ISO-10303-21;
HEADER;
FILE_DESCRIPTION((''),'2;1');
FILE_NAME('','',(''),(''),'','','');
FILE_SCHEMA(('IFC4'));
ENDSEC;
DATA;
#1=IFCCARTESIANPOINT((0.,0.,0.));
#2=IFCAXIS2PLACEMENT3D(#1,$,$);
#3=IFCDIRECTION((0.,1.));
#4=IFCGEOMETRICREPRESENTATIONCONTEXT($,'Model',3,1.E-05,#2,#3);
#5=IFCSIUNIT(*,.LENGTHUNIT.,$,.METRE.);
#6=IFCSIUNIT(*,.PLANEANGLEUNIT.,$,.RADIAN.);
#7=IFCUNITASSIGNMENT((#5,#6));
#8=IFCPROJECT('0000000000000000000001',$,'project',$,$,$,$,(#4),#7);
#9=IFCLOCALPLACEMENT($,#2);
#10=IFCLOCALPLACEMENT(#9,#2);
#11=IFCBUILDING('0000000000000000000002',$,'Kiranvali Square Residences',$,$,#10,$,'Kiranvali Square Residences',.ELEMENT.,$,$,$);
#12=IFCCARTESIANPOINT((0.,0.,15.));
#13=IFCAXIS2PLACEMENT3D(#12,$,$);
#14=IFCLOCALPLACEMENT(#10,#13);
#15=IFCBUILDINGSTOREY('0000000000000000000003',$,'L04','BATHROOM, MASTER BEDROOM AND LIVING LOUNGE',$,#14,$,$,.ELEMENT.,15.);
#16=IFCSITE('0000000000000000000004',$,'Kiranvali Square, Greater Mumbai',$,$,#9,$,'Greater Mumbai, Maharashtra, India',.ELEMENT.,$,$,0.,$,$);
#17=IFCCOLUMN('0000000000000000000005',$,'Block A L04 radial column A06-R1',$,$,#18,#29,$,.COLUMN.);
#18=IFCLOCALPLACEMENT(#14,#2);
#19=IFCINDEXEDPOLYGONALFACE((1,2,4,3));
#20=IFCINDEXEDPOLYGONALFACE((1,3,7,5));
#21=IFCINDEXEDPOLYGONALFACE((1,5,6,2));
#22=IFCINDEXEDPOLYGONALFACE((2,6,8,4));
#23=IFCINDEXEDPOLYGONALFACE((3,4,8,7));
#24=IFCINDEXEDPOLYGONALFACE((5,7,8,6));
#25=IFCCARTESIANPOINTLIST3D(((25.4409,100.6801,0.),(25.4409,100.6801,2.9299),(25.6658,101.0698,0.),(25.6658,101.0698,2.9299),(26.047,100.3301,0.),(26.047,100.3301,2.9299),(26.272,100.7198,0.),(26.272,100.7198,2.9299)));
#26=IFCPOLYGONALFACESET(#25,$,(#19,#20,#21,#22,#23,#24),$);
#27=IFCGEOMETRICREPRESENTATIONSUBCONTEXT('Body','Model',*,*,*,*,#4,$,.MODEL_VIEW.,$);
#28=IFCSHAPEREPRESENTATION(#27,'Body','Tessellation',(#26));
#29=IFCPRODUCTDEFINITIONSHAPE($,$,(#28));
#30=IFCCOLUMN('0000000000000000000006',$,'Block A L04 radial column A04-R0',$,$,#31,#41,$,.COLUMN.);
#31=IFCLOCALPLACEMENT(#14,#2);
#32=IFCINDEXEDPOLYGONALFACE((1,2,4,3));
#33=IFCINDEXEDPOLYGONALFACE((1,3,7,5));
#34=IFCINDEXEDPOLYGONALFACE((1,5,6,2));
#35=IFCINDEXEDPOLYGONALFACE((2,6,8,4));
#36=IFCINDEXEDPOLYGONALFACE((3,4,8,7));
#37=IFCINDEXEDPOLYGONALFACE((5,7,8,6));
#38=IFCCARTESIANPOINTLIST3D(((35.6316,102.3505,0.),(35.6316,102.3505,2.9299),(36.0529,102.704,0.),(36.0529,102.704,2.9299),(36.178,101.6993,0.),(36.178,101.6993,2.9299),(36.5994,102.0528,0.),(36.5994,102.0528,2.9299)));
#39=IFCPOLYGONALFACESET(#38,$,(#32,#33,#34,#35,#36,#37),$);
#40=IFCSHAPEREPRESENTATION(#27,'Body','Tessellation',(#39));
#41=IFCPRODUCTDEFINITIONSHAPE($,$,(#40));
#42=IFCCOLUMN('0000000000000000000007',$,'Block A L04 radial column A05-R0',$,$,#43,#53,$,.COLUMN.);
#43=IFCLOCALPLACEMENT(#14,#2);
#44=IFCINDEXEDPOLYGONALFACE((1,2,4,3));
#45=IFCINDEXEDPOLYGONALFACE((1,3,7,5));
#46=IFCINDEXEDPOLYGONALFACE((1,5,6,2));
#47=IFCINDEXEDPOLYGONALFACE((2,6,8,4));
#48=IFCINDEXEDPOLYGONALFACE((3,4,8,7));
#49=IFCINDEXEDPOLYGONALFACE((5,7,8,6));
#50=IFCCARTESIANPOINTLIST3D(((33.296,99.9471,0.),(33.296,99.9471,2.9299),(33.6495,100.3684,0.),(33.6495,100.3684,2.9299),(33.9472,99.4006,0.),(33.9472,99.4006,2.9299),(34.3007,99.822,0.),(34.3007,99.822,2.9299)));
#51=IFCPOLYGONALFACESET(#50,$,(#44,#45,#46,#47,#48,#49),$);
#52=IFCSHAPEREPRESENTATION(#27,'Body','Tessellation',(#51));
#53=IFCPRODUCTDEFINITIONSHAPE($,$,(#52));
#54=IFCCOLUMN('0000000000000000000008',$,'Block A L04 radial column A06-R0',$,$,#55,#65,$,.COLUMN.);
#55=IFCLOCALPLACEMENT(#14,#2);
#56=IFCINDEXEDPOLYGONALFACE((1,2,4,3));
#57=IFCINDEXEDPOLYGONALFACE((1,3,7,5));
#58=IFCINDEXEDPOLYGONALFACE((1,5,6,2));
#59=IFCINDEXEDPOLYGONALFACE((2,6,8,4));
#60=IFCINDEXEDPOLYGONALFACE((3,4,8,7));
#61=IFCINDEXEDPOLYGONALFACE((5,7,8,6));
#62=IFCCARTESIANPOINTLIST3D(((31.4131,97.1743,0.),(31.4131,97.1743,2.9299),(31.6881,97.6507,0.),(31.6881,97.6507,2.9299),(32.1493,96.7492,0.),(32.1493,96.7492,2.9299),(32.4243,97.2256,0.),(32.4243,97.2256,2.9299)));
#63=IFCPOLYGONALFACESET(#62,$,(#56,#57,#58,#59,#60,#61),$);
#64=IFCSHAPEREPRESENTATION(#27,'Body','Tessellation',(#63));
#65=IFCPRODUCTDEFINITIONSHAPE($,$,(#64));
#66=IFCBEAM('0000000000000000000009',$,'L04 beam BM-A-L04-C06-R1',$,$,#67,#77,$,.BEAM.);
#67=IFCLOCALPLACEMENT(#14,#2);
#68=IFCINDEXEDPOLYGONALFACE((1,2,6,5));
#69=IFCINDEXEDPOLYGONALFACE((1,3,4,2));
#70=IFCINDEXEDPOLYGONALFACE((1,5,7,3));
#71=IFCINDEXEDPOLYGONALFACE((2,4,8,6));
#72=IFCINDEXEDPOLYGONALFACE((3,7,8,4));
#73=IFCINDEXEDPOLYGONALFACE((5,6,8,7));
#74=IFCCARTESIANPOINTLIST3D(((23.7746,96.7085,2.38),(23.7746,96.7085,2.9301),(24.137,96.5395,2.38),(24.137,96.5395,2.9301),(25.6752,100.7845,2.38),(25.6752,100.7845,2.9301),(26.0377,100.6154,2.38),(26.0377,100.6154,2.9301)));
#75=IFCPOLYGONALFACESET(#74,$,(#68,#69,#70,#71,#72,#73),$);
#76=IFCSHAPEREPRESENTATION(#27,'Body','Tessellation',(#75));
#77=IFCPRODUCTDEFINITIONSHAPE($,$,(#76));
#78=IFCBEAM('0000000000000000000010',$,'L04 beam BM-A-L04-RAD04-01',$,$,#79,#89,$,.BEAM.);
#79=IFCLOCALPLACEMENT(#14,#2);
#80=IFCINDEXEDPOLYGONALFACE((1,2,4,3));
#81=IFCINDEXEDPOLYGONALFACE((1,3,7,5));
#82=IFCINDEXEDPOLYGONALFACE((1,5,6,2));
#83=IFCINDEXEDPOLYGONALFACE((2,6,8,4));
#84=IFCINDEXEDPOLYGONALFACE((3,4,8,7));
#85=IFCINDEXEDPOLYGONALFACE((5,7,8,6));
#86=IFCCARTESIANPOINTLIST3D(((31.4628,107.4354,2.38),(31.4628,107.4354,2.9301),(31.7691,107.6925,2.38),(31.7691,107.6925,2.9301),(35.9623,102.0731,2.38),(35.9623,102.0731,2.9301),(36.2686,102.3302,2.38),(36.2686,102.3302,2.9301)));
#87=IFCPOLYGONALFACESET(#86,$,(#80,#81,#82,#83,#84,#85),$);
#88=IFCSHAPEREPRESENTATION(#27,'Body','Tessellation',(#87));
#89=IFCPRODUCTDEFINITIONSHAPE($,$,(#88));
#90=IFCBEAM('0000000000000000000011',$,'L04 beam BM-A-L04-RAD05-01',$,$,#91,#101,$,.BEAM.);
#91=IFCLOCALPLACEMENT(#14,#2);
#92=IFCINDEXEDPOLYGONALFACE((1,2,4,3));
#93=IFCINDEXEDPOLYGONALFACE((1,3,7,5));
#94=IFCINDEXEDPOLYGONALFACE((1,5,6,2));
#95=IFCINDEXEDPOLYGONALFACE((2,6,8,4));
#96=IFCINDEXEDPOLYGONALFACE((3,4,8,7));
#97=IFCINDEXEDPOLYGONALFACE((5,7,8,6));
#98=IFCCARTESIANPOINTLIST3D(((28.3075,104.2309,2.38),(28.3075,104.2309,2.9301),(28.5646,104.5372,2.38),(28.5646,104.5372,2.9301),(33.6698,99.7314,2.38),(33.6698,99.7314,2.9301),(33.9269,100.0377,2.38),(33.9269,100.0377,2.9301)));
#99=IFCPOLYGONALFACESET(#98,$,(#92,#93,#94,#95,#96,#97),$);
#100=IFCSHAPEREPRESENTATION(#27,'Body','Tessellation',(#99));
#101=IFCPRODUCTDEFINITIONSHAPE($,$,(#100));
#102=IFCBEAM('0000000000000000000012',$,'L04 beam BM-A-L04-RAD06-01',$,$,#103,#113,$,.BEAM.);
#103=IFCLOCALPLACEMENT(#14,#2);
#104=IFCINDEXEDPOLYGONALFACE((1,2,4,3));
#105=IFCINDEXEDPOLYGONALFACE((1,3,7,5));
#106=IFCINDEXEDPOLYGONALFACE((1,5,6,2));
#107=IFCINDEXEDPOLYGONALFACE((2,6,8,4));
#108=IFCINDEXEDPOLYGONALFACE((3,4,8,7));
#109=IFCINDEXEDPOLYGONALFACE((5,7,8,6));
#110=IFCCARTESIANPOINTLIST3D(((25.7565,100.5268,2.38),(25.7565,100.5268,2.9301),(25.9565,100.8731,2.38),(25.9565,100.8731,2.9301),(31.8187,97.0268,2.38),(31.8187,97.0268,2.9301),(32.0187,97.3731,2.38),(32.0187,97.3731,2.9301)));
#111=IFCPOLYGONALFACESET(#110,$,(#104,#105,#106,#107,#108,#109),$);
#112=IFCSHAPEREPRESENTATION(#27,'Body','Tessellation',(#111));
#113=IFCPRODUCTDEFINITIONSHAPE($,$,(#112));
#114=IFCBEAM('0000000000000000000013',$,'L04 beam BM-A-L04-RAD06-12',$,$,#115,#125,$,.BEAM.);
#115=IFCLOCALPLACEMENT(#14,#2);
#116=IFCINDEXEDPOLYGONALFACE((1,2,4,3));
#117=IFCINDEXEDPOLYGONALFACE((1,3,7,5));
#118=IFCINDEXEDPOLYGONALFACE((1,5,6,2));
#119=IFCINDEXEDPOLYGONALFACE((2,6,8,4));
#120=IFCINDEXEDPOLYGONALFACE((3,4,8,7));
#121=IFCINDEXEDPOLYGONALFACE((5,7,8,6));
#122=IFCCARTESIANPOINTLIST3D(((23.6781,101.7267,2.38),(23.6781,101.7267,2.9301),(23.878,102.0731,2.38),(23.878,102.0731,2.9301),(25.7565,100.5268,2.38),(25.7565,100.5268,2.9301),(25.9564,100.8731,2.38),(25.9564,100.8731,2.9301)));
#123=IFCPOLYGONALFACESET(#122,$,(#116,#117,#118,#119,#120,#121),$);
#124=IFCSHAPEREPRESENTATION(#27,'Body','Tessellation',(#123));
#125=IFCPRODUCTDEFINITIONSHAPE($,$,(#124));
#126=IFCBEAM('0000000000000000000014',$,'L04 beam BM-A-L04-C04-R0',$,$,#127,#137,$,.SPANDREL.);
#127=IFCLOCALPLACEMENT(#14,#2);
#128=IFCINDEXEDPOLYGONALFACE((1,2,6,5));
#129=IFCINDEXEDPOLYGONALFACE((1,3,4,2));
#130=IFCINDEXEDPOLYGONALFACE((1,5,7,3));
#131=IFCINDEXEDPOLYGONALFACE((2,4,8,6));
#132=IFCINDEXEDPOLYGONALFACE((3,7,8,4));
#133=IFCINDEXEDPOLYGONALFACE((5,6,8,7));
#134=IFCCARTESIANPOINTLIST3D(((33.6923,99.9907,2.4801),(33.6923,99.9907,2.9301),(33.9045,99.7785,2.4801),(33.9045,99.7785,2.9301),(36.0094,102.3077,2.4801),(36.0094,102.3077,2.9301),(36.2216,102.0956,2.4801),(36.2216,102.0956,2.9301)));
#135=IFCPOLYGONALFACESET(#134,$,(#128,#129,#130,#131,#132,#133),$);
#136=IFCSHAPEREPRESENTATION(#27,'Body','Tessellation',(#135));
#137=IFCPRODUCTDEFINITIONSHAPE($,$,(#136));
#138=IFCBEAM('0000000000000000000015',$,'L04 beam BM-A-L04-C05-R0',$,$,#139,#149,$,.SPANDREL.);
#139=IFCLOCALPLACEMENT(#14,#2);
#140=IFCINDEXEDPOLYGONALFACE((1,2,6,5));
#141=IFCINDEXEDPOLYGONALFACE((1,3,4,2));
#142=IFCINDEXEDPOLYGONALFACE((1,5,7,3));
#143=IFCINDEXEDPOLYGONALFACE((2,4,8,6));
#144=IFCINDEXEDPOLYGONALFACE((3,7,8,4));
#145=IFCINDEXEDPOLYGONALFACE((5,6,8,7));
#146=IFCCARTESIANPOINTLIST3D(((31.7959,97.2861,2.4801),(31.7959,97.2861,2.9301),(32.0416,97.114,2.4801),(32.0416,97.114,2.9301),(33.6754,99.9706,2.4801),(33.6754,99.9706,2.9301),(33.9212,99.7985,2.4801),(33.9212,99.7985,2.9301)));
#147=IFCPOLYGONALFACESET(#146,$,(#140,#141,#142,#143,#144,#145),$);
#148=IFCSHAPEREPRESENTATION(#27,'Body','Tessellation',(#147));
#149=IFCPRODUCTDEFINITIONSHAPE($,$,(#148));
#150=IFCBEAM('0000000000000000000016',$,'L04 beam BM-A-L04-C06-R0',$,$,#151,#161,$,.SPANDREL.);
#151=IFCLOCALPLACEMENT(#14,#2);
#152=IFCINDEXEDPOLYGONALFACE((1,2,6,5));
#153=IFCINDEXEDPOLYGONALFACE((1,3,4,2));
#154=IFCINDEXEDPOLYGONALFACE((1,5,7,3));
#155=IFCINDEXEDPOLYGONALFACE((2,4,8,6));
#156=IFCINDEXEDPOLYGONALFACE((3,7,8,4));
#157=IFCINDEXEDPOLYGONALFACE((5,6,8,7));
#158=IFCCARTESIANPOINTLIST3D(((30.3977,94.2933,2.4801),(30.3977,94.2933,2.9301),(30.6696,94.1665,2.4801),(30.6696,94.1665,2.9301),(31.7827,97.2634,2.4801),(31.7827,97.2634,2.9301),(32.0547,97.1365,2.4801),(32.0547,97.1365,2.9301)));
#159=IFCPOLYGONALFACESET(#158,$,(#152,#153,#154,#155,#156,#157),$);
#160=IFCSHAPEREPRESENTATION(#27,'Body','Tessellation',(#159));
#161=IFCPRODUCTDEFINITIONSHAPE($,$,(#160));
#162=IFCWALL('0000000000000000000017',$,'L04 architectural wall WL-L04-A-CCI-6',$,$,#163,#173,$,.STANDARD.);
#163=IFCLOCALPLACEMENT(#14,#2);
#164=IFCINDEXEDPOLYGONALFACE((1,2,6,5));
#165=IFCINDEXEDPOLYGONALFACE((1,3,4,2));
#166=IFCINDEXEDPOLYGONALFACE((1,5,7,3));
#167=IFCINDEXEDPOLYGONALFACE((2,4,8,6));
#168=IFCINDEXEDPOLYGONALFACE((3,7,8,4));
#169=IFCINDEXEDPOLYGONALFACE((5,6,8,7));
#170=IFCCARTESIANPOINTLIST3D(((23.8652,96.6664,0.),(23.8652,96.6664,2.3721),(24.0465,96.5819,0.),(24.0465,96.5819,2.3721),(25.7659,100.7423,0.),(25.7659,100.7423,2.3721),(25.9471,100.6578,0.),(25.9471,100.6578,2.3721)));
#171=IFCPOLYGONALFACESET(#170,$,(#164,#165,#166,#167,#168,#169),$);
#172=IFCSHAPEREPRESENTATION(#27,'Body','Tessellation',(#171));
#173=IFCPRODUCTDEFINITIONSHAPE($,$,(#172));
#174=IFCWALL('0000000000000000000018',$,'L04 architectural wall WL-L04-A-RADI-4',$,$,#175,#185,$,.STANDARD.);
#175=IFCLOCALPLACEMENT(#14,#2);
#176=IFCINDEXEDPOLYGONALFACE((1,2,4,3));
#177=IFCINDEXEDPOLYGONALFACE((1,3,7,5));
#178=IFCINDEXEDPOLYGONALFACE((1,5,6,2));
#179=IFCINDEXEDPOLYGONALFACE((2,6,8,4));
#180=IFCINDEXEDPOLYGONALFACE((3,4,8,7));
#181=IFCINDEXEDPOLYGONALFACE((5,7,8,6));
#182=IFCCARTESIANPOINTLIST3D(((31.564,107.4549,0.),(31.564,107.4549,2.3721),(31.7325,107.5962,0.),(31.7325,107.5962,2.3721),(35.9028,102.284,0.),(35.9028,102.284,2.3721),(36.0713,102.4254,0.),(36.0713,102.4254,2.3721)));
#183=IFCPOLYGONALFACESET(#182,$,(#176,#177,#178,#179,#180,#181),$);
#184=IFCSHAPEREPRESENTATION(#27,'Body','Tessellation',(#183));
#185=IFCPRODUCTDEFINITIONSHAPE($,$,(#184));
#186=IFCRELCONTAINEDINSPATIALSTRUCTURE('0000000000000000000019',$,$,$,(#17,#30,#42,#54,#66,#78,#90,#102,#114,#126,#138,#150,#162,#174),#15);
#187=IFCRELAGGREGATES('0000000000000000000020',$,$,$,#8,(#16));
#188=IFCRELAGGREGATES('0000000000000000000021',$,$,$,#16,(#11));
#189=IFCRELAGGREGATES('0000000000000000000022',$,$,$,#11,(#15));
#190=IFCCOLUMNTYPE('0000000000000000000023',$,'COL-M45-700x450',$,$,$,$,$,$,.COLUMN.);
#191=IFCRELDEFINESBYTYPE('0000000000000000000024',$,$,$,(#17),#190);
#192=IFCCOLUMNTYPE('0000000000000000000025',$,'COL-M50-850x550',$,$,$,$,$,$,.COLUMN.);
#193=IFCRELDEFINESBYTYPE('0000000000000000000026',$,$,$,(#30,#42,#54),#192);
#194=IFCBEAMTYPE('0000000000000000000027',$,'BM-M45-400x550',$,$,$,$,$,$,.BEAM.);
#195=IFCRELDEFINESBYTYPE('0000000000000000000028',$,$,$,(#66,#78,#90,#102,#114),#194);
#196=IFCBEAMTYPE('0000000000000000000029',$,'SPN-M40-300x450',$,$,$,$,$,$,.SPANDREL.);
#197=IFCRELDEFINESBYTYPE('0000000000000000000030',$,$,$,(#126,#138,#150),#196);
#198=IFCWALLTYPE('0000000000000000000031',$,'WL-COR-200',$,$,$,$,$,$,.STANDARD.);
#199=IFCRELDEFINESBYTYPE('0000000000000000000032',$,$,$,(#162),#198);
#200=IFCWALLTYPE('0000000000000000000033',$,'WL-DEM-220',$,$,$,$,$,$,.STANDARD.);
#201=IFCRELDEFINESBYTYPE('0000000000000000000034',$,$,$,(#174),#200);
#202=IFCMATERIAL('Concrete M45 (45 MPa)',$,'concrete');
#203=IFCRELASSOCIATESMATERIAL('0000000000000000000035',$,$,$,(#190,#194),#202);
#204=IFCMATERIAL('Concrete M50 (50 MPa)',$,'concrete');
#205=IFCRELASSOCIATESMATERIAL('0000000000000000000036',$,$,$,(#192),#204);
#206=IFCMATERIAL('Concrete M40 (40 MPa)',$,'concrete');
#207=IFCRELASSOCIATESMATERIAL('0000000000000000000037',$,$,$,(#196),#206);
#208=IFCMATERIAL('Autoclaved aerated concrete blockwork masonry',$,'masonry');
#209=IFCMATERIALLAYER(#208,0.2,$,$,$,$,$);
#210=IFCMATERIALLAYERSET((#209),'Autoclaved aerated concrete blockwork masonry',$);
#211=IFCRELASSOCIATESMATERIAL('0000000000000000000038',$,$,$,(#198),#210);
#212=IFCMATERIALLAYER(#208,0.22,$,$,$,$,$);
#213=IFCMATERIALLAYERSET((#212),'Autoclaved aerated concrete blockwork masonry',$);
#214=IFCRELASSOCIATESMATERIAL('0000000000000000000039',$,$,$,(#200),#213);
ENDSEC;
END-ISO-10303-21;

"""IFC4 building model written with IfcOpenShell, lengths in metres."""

from ifc_helpers import new_model, si_unit, direction, frame, frame_2d, origin, origin_2d, place, context, subcontext, project, spatial, rectangle, extrude, material, layer, layer_set, material_profile, profile_set, type_object, element, save


model = new_model("IFC4")

# Units and contexts
model_context = context("Model", 3, precision=1e-05, world=origin(), true_north=direction((0.0, 1.0)))
body_context = subcontext(model_context, "Body", "Model", "MODEL_VIEW")
ifc_project = project(units=[si_unit("LENGTHUNIT", "METRE"), si_unit("PLANEANGLEUNIT", "RADIAN")], contexts=[model_context])

# Site, building, storey
site_placement = place(None, origin())
site = spatial("IfcSite", under=ifc_project, at=site_placement, Name="Kiranvali Square, Greater Mumbai", LongName="Greater Mumbai, Maharashtra, India", CompositionType="ELEMENT", RefElevation=0.0)
building_placement = place(site_placement, origin())
building = spatial("IfcBuilding", under=site, at=building_placement, Name="Kiranvali Square Residences", LongName="Kiranvali Square Residences", CompositionType="ELEMENT")
storey_placement = place(building_placement, frame((0.0, 0.0, 15.0)))
storey = spatial("IfcBuildingStorey", under=building, at=storey_placement, Name="L04", Description="BATHROOM, MASTER BEDROOM AND LIVING LOUNGE", CompositionType="ELEMENT", Elevation=15.0)

# Columns
ifc_material_1 = material(Name="Concrete M45 (45 MPa)", Category="concrete")
ifc_material_profile_1 = material_profile(ifc_material_1, rectangle(XDim=0.45, YDim=0.7, at=origin_2d()), Name="RC 700x450")
ifc_profile_set_1 = profile_set([ifc_material_profile_1], Name="Concrete M45 (45 MPa)")
column_type_1 = type_object("IfcColumnType", Name="COL-M45-700x450", PredefinedType="COLUMN", material=ifc_profile_set_1)
column_placement = place(storey_placement, frame((25.8564, 100.7, 0.0), z_axis=(0.0, 0.0, 1.0), x_axis=(0.5, 0.866025, 0.0)))
element("IfcColumn", 1, at=column_placement, inside=storey, type_object=column_type_1, Name="Block A L04 radial column A06-R1", PredefinedType="COLUMN", context=body_context, shape_type="SweptSolid", body=[
    extrude(rectangle(XDim=0.45, YDim=0.7, at=origin_2d()), origin(), (0.0, 0.0, 1.0), 2.9299),
])
ifc_material_2 = material(Name="Concrete M50 (50 MPa)", Category="concrete")
ifc_material_profile_2 = material_profile(ifc_material_2, rectangle(XDim=0.55, YDim=0.8501, at=origin_2d()), Name="RC 850x550")
ifc_profile_set_2 = profile_set([ifc_material_profile_2], Name="Concrete M50 (50 MPa)")
column_type_2 = type_object("IfcColumnType", Name="COL-M50-850x550", PredefinedType="COLUMN", material=ifc_profile_set_2)
for number, where, z_axis, x_axis, name in (
    (2, (36.1155, 102.2017, 0.0), (0.0, 0.0, 1.0), (0.766044, 0.642788, 0.0), "Block A L04 radial column A04-R0"),
    (3, (33.7983, 99.8845, 0.0), (0.0, 0.0, 1.0), (0.642788, 0.766044, 0.0), "Block A L04 radial column A05-R0"),
    (4, (31.9187, 97.2, 0.0), (0.0, 0.0, 1.0), (0.5, 0.866025, 0.0), "Block A L04 radial column A06-R0"),
):
    element("IfcColumn", number, at=place(storey_placement, frame(where, z_axis=z_axis, x_axis=x_axis)), inside=storey, type_object=column_type_2, Name=name, PredefinedType="COLUMN", context=body_context, shape_type="SweptSolid", body=[
        extrude(rectangle(XDim=0.55, YDim=0.8501, at=origin_2d()), origin(), (0.0, 0.0, 1.0), 2.9299),
    ])

# Beams
ifc_material_profile_3 = material_profile(ifc_material_1, rectangle(XDim=0.3999, YDim=0.55, at=origin_2d()), Name="RC 400x550")
ifc_profile_set_3 = profile_set([ifc_material_profile_3], Name="Concrete M45 (45 MPa)")
beam_type_1 = type_object("IfcBeamType", Name="BM-M45-400x550", PredefinedType="BEAM", material=ifc_profile_set_3)
beam_1_placement = place(storey_placement, frame((25.8564, 100.7, 2.655), z_axis=(-0.422618, -0.906308, 0.0), x_axis=(0.906308, -0.422618, 0.0)))
element("IfcBeam", 5, at=beam_1_placement, inside=storey, type_object=beam_type_1, Name="L04 beam BM-A-L04-C06-R1", PredefinedType="BEAM", context=body_context, shape_type="SweptSolid", body=[
    extrude(rectangle(XDim=0.3999, YDim=0.55, at=origin_2d()), origin(), (0.0, 0.0, 1.0), 4.4973),
])
for number, where, z_axis, x_axis, name in (
    (6, (36.1155, 102.2017, 2.655), (-0.642788, 0.766044, 0.0), (-0.766044, -0.642788, 0.0), "L04 beam BM-A-L04-RAD04-01"),
    (7, (33.7983, 99.8845, 2.655), (-0.766044, 0.642788, 0.0), (-0.642788, -0.766044, 0.0), "L04 beam BM-A-L04-RAD05-01"),
    (8, (31.9187, 97.2, 2.655), (-0.866028, 0.499995, 0.0), (-0.499995, -0.866028, 0.0), "L04 beam BM-A-L04-RAD06-01"),
):
    element("IfcBeam", number, at=place(storey_placement, frame(where, z_axis=z_axis, x_axis=x_axis)), inside=storey, type_object=beam_type_1, Name=name, PredefinedType="BEAM", context=body_context, shape_type="SweptSolid", body=[
        extrude(rectangle(XDim=0.3999, YDim=0.55, at=origin_2d()), origin(), (0.0, 0.0, 1.0), 7.0),
    ])
beam_2_placement = place(storey_placement, frame((25.8564, 100.7, 2.655), z_axis=(-0.866025, 0.500001, 0.0), x_axis=(-0.500001, -0.866025, 0.0)))
element("IfcBeam", 9, at=beam_2_placement, inside=storey, type_object=beam_type_1, Name="L04 beam BM-A-L04-RAD06-12", PredefinedType="BEAM", context=body_context, shape_type="SweptSolid", body=[
    extrude(rectangle(XDim=0.3999, YDim=0.55, at=origin_2d()), origin(), (0.0, 0.0, 1.0), 2.3999),
])
ifc_material_3 = material(Name="Concrete M40 (40 MPa)", Category="concrete")
ifc_material_profile_4 = material_profile(ifc_material_3, rectangle(XDim=0.3, YDim=0.45, at=origin_2d()), Name="RC 300x450")
ifc_profile_set_4 = profile_set([ifc_material_profile_4], Name="Concrete M40 (40 MPa)")
beam_type_2 = type_object("IfcBeamType", Name="SPN-M40-300x450", PredefinedType="SPANDREL", material=ifc_profile_set_4)
beam_3_placement = place(storey_placement, frame((36.1155, 102.2017, 2.7051), z_axis=(-0.707107, -0.707107, 0.0), x_axis=(0.707107, -0.707107, 0.0)))
element("IfcBeam", 10, at=beam_3_placement, inside=storey, type_object=beam_type_2, Name="L04 beam BM-A-L04-C04-R0", PredefinedType="SPANDREL", context=body_context, shape_type="SweptSolid", body=[
    extrude(rectangle(XDim=0.3, YDim=0.45, at=origin_2d()), origin(), (0.0, 0.0, 1.0), 3.2769),
])
for number, where, z_axis, x_axis, name in (
    (11, (33.7983, 99.8845, 2.7051), (-0.573552, -0.819169, 0.0), (0.819169, -0.573552, 0.0), "L04 beam BM-A-L04-C05-R0"),
    (12, (31.9187, 97.2, 2.7051), (-0.422641, -0.906297, 0.0), (0.906297, -0.422641, 0.0), "L04 beam BM-A-L04-C06-R0"),
):
    element("IfcBeam", number, at=place(storey_placement, frame(where, z_axis=z_axis, x_axis=x_axis)), inside=storey, type_object=beam_type_2, Name=name, PredefinedType="SPANDREL", context=body_context, shape_type="SweptSolid", body=[
        extrude(rectangle(XDim=0.3, YDim=0.45, at=origin_2d()), origin(), (0.0, 0.0, 1.0), 3.2771),
    ])

# Walls
ifc_material_4 = material(Name="Autoclaved aerated concrete blockwork masonry", Category="masonry")
ifc_layer_1 = layer(ifc_material_4, 0.2)
ifc_layer_set_1 = layer_set([ifc_layer_1], Name="Autoclaved aerated concrete blockwork masonry")
wall_type_1 = type_object("IfcWallType", Name="WL-COR-200", PredefinedType="STANDARD", material=ifc_layer_set_1)
wall_1_placement = place(storey_placement, frame((25.8564, 100.7, 0.0), z_axis=(0.0, 0.0, 1.0), x_axis=(-0.422618, -0.906308, 0.0)))
element("IfcWall", 13, at=wall_1_placement, inside=storey, type_object=wall_type_1, Name="L04 architectural wall WL-L04-A-CCI-6", PredefinedType="STANDARD", context=body_context, shape_type="SweptSolid", body=[
    extrude(rectangle(XDim=4.4973, YDim=0.2, at=frame_2d((2.2485, 0.0))), origin(), (0.0, 0.0, 1.0), 2.3721),
])
ifc_layer_2 = layer(ifc_material_4, 0.22)
ifc_layer_set_2 = layer_set([ifc_layer_2], Name="Autoclaved aerated concrete blockwork masonry")
wall_type_2 = type_object("IfcWallType", Name="WL-DEM-220", PredefinedType="STANDARD", material=ifc_layer_set_2)
wall_2_placement = place(storey_placement, frame((35.9871, 102.3547, 0.0), z_axis=(0.0, 0.0, 1.0), x_axis=(-0.642785, 0.766047, 0.0)))
element("IfcWall", 14, at=wall_2_placement, inside=storey, type_object=wall_type_2, Name="L04 architectural wall WL-L04-A-RADI-4", PredefinedType="STANDARD", context=body_context, shape_type="SweptSolid", body=[
    extrude(rectangle(XDim=6.75, YDim=0.22, at=frame_2d((3.375, 0.0))), origin(), (0.0, 0.0, 1.0), 2.3721),
])

save(model, "model.ifc")
